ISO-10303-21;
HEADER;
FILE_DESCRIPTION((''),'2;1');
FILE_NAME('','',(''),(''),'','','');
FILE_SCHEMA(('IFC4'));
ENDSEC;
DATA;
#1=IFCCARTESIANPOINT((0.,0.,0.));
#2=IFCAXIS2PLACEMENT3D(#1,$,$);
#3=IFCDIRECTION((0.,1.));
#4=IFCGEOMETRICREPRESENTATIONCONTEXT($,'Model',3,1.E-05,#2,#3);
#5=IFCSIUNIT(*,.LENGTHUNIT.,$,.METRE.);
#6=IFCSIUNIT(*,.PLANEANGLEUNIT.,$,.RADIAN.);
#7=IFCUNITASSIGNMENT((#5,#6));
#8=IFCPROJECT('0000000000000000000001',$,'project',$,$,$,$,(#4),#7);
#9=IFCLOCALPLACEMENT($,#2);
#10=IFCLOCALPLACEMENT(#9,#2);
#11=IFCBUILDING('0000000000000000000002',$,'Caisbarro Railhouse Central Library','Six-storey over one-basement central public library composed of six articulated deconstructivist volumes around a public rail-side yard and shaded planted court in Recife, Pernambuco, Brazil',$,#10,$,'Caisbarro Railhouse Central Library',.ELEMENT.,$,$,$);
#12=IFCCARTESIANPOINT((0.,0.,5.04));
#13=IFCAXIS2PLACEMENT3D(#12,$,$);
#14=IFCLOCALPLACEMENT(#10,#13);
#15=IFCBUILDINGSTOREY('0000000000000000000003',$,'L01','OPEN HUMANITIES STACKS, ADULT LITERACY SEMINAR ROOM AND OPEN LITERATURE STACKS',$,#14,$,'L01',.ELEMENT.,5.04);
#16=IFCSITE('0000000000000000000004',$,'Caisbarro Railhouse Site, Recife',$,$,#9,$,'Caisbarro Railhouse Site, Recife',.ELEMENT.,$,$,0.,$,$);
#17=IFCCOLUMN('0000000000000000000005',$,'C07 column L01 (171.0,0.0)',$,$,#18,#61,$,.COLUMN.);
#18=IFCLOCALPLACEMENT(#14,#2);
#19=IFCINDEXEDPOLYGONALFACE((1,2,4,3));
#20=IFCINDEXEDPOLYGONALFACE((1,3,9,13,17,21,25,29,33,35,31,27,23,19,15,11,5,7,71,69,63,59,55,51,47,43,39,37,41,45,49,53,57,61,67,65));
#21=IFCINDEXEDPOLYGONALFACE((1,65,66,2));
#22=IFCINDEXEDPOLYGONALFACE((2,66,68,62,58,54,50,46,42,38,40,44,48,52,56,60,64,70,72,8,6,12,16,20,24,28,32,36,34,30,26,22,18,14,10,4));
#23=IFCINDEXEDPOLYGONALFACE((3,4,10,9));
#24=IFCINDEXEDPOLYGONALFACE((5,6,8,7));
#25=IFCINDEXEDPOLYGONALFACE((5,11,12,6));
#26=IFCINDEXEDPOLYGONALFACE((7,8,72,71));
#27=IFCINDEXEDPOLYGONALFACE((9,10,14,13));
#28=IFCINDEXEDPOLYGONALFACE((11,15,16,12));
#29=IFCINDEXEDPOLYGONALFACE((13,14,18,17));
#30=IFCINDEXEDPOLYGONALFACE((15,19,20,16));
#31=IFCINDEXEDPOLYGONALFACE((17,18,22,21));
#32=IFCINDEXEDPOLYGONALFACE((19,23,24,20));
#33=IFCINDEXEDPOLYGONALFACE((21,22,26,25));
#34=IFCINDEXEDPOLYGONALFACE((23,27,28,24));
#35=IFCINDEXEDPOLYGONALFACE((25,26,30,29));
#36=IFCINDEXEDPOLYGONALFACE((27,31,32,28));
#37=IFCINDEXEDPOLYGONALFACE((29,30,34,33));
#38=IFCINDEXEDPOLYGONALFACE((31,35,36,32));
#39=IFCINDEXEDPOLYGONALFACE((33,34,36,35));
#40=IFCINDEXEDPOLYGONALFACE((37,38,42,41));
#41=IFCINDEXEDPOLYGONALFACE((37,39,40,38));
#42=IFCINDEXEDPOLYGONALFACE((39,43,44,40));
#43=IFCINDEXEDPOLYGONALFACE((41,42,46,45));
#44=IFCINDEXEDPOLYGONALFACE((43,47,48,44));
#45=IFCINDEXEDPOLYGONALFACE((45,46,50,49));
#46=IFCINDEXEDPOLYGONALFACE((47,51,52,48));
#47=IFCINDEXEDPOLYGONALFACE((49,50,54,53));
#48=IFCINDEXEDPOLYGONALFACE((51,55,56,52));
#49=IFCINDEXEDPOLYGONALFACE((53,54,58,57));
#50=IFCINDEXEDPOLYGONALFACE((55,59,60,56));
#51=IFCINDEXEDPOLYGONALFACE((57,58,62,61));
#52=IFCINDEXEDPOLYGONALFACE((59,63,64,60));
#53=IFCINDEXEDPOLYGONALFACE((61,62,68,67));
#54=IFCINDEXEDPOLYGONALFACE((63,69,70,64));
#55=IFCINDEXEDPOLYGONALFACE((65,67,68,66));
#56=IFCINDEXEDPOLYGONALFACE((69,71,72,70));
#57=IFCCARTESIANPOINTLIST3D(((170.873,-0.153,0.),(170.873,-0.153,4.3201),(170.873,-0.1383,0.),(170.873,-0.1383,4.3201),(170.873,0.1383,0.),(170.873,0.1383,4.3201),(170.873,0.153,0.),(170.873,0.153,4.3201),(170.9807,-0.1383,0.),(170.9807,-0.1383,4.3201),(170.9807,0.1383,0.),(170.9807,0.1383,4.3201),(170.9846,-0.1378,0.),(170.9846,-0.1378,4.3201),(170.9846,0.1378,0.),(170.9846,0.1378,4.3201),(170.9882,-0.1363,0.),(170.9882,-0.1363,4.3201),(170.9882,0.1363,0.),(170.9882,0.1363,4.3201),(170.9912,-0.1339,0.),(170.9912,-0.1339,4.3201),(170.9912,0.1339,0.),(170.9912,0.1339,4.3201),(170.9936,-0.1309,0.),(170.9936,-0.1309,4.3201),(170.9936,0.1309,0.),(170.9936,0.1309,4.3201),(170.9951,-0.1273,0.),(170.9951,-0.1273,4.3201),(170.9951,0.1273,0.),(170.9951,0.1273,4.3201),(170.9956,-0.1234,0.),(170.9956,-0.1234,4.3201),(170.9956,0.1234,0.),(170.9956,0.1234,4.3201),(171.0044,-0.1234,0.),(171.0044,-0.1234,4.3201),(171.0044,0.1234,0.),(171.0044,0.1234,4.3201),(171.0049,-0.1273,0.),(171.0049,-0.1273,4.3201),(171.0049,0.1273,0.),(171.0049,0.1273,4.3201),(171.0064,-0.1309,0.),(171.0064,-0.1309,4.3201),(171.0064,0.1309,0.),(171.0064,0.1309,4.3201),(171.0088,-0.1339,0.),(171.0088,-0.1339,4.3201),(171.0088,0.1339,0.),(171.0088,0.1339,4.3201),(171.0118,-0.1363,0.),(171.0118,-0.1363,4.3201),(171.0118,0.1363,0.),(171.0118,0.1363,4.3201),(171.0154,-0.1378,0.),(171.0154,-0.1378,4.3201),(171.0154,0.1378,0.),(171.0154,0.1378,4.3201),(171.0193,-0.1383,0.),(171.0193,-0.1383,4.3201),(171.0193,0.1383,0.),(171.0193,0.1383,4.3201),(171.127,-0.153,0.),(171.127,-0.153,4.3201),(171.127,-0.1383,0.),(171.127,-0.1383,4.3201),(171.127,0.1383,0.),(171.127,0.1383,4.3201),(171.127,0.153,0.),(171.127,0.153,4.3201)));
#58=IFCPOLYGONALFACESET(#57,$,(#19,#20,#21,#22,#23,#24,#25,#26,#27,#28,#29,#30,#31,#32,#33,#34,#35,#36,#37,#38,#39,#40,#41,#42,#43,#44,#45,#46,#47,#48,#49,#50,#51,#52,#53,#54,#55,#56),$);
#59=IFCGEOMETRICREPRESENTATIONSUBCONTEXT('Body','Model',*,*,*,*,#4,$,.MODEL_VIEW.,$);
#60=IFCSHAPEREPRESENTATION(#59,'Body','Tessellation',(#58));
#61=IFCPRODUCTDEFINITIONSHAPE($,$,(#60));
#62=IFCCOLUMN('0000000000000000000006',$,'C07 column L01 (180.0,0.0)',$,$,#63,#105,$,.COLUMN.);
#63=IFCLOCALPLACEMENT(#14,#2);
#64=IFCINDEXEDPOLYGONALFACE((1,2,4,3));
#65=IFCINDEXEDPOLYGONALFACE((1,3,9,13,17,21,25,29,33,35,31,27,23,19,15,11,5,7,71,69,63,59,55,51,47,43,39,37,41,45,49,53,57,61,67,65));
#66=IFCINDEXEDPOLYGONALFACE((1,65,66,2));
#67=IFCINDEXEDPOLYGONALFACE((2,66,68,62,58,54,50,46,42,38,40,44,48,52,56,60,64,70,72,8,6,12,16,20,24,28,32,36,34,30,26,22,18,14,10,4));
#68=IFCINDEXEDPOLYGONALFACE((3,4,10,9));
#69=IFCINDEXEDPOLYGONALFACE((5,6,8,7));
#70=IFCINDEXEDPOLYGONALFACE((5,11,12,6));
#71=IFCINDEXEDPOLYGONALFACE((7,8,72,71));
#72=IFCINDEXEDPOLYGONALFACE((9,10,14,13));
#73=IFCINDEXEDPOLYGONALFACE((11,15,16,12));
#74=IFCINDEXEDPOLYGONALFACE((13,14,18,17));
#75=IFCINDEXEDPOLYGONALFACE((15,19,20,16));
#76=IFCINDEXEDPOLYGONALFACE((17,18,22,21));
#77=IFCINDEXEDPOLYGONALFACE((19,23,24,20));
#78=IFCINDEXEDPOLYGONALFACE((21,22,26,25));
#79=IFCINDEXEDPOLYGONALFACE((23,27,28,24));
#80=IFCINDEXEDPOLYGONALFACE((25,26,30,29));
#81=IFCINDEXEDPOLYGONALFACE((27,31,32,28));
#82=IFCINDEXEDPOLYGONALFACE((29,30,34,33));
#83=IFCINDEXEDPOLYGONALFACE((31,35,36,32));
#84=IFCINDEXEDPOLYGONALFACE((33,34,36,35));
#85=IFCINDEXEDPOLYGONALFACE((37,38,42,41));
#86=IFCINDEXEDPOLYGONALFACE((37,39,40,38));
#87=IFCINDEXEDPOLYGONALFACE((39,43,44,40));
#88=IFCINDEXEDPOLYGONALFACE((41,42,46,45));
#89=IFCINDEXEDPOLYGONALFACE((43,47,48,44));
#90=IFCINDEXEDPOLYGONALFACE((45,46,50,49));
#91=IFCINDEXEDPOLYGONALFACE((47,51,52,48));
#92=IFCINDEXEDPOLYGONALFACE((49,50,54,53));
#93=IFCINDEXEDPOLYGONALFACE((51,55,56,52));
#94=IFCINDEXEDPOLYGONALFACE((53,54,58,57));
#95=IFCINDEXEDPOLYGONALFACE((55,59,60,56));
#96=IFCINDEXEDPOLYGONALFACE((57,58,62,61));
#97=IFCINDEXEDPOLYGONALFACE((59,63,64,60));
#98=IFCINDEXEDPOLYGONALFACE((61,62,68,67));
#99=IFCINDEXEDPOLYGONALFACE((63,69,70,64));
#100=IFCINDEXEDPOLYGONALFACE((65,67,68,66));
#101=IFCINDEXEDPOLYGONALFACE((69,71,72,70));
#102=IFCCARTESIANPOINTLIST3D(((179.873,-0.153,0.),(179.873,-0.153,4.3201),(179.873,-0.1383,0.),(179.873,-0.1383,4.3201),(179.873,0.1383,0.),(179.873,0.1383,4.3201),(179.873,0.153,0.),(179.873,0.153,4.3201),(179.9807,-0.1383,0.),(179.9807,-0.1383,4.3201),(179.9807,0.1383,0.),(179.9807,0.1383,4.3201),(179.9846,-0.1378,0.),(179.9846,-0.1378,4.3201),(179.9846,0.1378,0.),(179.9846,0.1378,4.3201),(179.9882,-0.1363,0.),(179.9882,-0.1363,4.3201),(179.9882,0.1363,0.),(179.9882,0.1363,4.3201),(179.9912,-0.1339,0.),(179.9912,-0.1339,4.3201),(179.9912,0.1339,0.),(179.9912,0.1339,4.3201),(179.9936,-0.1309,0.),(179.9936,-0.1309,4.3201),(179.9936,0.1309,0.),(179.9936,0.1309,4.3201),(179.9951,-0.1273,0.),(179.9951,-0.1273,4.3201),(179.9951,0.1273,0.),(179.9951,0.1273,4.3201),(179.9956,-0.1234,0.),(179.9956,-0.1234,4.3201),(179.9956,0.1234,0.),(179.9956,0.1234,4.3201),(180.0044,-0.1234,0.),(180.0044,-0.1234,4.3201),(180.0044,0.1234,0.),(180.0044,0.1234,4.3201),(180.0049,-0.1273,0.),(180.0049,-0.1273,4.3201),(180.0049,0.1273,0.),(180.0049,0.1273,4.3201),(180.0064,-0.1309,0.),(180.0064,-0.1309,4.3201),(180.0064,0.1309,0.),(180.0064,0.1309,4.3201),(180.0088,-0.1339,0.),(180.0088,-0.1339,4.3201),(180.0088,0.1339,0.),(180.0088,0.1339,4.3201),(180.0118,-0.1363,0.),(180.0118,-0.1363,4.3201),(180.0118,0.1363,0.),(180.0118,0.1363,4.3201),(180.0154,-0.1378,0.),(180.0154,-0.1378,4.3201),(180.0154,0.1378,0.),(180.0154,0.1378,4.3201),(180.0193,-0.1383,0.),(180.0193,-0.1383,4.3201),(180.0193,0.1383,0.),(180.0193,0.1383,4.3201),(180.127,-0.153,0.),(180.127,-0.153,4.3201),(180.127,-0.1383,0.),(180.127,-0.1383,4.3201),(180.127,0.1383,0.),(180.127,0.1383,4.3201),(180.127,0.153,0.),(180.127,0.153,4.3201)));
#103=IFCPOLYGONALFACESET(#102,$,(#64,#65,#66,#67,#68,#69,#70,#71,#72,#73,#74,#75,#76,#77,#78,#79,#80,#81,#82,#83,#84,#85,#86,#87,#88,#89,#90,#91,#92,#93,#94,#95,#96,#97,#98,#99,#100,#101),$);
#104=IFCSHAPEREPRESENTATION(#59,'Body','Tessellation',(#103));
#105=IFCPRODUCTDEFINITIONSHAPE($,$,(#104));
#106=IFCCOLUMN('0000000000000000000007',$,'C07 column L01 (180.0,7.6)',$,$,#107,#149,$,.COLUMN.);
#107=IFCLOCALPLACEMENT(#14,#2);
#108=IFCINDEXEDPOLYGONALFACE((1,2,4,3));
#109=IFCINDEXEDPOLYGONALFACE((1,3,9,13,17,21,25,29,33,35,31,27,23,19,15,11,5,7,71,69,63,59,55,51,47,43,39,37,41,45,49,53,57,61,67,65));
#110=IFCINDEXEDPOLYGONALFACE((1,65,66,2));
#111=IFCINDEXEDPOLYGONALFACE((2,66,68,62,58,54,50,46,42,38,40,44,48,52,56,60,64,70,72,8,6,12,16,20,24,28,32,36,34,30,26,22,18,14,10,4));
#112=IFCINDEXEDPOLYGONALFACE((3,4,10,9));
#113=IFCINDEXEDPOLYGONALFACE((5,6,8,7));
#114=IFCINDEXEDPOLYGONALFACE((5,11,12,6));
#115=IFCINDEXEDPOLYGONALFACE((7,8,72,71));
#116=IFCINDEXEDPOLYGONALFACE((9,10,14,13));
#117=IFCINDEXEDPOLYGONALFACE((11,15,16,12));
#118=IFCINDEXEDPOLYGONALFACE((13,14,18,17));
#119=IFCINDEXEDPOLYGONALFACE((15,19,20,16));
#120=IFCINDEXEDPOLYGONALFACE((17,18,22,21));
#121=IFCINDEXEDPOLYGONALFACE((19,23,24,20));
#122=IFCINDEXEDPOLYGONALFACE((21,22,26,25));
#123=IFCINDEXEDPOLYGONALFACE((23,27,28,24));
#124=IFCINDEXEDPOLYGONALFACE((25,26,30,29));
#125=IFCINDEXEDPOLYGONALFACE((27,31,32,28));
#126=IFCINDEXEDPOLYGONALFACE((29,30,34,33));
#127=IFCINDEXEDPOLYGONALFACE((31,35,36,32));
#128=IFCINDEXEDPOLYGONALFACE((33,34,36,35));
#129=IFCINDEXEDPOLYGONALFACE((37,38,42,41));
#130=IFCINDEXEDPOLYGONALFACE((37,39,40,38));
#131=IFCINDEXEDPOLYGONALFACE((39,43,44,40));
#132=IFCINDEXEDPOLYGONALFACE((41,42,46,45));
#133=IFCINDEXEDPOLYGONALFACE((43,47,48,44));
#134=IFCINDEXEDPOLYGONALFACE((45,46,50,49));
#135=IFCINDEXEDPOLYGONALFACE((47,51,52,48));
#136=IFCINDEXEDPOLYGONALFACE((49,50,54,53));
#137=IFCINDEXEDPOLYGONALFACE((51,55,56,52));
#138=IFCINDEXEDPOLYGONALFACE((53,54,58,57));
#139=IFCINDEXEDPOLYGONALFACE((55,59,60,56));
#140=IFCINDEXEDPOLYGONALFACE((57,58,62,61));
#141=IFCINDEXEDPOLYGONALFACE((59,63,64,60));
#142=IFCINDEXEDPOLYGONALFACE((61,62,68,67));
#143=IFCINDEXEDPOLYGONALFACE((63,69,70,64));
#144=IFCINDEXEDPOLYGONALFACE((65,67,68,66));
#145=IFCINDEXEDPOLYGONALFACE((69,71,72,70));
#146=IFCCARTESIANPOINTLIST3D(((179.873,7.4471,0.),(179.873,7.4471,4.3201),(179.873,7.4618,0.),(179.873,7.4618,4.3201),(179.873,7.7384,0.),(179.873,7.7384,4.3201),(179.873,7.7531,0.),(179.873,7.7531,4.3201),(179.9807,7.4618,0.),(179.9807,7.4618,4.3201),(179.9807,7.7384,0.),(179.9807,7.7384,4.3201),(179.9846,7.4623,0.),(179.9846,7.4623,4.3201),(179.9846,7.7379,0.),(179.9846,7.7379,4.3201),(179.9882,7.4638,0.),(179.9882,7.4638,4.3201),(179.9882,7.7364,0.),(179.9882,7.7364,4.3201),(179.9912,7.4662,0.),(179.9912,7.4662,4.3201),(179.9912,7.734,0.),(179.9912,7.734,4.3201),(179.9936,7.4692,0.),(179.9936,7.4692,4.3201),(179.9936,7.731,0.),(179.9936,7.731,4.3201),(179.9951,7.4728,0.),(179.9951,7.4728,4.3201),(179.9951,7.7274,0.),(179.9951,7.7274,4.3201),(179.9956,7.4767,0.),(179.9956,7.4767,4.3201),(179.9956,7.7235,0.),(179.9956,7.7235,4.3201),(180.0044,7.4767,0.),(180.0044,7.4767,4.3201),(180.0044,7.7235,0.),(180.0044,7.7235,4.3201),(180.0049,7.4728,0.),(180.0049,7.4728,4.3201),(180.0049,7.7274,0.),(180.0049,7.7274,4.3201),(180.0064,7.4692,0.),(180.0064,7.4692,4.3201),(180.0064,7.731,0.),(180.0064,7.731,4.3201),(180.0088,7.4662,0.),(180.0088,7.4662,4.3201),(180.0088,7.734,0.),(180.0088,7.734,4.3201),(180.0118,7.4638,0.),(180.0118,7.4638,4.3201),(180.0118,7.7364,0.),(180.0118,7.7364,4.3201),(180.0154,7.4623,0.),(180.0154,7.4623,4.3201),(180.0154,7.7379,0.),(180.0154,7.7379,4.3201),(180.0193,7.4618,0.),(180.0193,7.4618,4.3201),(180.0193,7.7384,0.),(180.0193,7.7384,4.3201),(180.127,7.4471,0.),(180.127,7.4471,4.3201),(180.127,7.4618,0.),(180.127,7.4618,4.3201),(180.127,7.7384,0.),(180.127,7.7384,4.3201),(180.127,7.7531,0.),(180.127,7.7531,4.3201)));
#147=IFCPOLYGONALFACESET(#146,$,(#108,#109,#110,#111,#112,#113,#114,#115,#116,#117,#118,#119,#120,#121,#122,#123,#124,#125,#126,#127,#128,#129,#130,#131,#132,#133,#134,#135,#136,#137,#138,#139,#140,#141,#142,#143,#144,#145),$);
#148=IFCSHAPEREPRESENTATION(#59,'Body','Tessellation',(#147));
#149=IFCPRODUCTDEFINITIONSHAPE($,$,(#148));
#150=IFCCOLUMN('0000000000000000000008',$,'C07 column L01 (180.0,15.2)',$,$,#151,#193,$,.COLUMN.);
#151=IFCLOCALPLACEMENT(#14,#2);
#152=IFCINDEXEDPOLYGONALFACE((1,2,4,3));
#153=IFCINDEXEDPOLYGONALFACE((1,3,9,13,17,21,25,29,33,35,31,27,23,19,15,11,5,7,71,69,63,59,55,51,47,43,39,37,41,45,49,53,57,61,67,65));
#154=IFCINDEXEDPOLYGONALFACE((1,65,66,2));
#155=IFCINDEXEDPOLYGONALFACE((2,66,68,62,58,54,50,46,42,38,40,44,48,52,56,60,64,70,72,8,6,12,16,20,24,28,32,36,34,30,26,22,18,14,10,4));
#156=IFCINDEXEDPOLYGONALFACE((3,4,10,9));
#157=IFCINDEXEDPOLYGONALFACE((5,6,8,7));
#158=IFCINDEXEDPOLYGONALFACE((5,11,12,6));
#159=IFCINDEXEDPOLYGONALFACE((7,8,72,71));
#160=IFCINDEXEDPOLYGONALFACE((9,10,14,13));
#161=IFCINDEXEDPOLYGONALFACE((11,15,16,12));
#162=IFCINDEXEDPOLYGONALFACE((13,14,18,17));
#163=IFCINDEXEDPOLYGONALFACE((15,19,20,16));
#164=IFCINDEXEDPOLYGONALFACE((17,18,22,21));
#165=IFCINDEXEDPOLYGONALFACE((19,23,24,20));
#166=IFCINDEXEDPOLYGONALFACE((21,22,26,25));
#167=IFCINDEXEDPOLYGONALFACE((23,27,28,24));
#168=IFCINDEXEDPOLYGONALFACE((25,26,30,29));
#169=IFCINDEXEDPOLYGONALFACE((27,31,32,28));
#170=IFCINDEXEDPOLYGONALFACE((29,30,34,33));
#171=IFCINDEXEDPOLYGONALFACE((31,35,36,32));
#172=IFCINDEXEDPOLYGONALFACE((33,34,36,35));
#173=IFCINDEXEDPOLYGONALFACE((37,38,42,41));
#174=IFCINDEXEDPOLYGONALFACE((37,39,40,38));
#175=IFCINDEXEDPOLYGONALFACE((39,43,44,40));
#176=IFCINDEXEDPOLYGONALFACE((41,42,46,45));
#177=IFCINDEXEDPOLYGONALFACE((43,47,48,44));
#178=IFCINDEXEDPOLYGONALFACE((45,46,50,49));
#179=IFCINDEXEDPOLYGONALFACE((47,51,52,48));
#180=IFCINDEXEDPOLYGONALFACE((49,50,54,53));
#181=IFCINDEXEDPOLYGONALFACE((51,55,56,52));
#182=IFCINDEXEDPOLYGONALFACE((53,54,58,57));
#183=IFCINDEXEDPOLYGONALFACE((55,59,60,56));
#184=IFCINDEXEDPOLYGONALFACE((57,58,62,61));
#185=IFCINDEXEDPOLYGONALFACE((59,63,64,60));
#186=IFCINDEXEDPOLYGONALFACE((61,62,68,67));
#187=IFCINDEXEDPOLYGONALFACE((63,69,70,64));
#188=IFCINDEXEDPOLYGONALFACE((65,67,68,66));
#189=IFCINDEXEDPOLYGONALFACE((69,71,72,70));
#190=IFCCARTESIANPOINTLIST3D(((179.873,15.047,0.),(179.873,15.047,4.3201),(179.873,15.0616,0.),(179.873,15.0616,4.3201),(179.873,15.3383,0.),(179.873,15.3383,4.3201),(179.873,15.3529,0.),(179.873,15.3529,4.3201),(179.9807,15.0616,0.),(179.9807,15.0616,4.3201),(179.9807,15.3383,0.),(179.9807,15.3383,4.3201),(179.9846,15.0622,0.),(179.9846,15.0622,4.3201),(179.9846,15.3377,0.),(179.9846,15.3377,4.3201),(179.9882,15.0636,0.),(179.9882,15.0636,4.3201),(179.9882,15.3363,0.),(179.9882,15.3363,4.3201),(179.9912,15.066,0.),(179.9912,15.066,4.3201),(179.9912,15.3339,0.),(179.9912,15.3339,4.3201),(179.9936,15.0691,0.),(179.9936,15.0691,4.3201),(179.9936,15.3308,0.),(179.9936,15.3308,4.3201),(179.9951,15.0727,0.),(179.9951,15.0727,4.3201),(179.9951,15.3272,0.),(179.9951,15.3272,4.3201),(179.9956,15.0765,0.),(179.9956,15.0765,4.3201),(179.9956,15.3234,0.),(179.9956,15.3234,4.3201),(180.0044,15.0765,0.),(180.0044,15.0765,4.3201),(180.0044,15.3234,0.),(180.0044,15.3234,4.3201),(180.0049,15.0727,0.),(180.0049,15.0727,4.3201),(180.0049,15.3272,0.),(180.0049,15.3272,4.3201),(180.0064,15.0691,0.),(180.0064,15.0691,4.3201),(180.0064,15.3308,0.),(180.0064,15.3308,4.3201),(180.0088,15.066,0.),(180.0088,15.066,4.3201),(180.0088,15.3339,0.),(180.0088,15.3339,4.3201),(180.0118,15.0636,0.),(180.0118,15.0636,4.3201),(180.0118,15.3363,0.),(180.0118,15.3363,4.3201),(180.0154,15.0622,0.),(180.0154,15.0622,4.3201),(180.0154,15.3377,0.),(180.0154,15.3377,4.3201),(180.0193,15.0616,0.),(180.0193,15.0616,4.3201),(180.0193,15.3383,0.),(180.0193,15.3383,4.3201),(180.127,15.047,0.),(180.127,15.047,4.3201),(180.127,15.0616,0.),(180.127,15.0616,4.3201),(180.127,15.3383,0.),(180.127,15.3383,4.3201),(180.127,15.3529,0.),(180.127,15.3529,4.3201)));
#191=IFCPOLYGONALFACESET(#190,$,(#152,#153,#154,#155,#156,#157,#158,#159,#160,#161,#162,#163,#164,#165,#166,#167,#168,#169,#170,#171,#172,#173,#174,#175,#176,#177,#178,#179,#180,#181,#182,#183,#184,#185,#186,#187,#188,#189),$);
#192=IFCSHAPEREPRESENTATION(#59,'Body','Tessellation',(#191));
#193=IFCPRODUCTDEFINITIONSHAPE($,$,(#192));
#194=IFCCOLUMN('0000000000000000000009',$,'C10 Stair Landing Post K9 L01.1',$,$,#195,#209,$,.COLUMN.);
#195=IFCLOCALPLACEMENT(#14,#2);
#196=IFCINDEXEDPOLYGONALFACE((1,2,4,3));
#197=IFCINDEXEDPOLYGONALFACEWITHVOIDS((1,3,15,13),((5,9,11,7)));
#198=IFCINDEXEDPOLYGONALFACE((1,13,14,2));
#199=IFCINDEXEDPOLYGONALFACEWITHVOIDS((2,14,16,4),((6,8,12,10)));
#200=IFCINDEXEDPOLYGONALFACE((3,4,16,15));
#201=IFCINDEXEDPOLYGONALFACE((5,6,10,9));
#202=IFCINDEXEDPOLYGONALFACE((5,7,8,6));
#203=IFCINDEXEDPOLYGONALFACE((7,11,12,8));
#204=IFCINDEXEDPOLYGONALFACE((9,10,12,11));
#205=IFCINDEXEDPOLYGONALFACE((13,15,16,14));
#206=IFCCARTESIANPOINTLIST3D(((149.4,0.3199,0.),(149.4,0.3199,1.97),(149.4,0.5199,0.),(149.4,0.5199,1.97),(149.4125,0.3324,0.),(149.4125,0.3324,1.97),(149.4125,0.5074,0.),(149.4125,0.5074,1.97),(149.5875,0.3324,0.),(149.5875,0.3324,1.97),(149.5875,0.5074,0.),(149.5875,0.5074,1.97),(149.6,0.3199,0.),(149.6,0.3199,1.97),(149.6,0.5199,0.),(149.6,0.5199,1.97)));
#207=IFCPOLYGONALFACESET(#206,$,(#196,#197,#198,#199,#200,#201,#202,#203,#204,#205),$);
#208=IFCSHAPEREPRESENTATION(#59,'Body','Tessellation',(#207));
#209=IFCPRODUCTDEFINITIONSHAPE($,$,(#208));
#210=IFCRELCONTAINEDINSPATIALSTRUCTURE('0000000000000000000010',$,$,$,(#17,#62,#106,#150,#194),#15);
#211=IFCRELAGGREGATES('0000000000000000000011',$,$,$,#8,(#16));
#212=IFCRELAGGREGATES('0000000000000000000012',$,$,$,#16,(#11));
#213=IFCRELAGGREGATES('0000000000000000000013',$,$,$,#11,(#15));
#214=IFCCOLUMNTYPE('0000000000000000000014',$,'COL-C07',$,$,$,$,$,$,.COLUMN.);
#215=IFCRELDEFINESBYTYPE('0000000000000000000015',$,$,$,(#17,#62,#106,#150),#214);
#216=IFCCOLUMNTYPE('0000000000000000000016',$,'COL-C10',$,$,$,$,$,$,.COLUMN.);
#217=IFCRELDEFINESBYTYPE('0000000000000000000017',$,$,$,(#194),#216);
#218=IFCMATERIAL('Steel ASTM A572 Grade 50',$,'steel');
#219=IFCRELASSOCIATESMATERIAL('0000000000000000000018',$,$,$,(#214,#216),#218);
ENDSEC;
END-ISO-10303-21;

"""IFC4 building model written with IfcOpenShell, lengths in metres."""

from ifc_helpers import new_model, si_unit, direction, frame, origin, origin_2d, place, context, subcontext, project, spatial, hollow_rectangle, i_section, extrude, material, material_profile, profile_set, type_object, element, save


model = new_model("IFC4")

# Units and contexts
model_context = context("Model", 3, precision=1e-05, world=origin(), true_north=direction((0.0, 1.0)))
body_context = subcontext(model_context, "Body", "Model", "MODEL_VIEW")
ifc_project = project(units=[si_unit("LENGTHUNIT", "METRE"), si_unit("PLANEANGLEUNIT", "RADIAN")], contexts=[model_context])

# Site, building, storey
site_placement = place(None, origin())
site = spatial("IfcSite", under=ifc_project, at=site_placement, Name="Caisbarro Railhouse Site, Recife", LongName="Caisbarro Railhouse Site, Recife", CompositionType="ELEMENT", RefElevation=0.0)
building_placement = place(site_placement, origin())
building = spatial("IfcBuilding", under=site, at=building_placement, Name="Caisbarro Railhouse Central Library", Description="Six-storey over one-basement central public library composed of six articulated deconstructivist volumes around a public rail-side yard and shaded planted court in Recife, Pernambuco, Brazil", LongName="Caisbarro Railhouse Central Library", CompositionType="ELEMENT")
storey_placement = place(building_placement, frame((0.0, 0.0, 5.04)))
storey = spatial("IfcBuildingStorey", under=building, at=storey_placement, Name="L01", Description="OPEN HUMANITIES STACKS, ADULT LITERACY SEMINAR ROOM AND OPEN LITERATURE STACKS", LongName="L01", CompositionType="ELEMENT", Elevation=5.04)

# Columns
ifc_material_1 = material(Name="Steel ASTM A572 Grade 50", Category="steel")
ifc_material_profile_1 = material_profile(ifc_material_1, i_section(OverallWidth=0.2539, OverallDepth=0.3059, WebThickness=0.0088, FlangeThickness=0.0146, FilletRadius=0.0149, at=origin_2d()), Name="W310X79.0")
ifc_profile_set_1 = profile_set([ifc_material_profile_1], Name="Steel ASTM A572 Grade 50")
column_type_1 = type_object("IfcColumnType", Name="COL-C07", PredefinedType="COLUMN", material=ifc_profile_set_1)
for number, where, z_axis, x_axis, name in (
    (1, (171.0, 0.0, 0.0), (0.0, 0.0, 1.0), (1.0, 0.0, 0.0), "C07 column L01 (171.0,0.0)"),
    (2, (180.0, 0.0, 0.0), (0.0, 0.0, 1.0), (1.0, 0.0, 0.0), "C07 column L01 (180.0,0.0)"),
    (3, (180.0, 7.6001, 0.0), (0.0, 0.0, 1.0), (1.0, 0.0, 0.0), "C07 column L01 (180.0,7.6)"),
    (4, (180.0, 15.2, 0.0), (0.0, 0.0, 1.0), (1.0, 0.0, 0.0), "C07 column L01 (180.0,15.2)"),
):
    element("IfcColumn", number, at=place(storey_placement, frame(where, z_axis=z_axis, x_axis=x_axis)), inside=storey, type_object=column_type_1, Name=name, PredefinedType="COLUMN", context=body_context, shape_type="SweptSolid", body=[
        extrude(i_section(OverallWidth=0.2539, OverallDepth=0.3059, WebThickness=0.0088, FlangeThickness=0.0146, FilletRadius=0.0149, at=origin_2d()), origin(), (0.0, 0.0, 1.0), 4.3201),
    ])
ifc_material_profile_2 = material_profile(ifc_material_1, hollow_rectangle(XDim=0.2, YDim=0.2, WallThickness=0.0125, at=origin_2d()), Name="HSS200X200X12.5")
ifc_profile_set_2 = profile_set([ifc_material_profile_2], Name="Steel ASTM A572 Grade 50")
column_type_2 = type_object("IfcColumnType", Name="COL-C10", PredefinedType="COLUMN", material=ifc_profile_set_2)
for number, where, z_axis, x_axis, name in (
    (5, (149.5, 0.4199, 0.0), (0.0, 0.0, 1.0), (1.0, 0.0, 0.0), "C10 Stair Landing Post K9 L01.1"),
):
    element("IfcColumn", number, at=place(storey_placement, frame(where, z_axis=z_axis, x_axis=x_axis)), inside=storey, type_object=column_type_2, Name=name, PredefinedType="COLUMN", context=body_context, shape_type="SweptSolid", body=[
        extrude(hollow_rectangle(XDim=0.2, YDim=0.2, WallThickness=0.0125, at=origin_2d()), origin(), (0.0, 0.0, 1.0), 1.97),
    ])

save(model, "model.ifc")
